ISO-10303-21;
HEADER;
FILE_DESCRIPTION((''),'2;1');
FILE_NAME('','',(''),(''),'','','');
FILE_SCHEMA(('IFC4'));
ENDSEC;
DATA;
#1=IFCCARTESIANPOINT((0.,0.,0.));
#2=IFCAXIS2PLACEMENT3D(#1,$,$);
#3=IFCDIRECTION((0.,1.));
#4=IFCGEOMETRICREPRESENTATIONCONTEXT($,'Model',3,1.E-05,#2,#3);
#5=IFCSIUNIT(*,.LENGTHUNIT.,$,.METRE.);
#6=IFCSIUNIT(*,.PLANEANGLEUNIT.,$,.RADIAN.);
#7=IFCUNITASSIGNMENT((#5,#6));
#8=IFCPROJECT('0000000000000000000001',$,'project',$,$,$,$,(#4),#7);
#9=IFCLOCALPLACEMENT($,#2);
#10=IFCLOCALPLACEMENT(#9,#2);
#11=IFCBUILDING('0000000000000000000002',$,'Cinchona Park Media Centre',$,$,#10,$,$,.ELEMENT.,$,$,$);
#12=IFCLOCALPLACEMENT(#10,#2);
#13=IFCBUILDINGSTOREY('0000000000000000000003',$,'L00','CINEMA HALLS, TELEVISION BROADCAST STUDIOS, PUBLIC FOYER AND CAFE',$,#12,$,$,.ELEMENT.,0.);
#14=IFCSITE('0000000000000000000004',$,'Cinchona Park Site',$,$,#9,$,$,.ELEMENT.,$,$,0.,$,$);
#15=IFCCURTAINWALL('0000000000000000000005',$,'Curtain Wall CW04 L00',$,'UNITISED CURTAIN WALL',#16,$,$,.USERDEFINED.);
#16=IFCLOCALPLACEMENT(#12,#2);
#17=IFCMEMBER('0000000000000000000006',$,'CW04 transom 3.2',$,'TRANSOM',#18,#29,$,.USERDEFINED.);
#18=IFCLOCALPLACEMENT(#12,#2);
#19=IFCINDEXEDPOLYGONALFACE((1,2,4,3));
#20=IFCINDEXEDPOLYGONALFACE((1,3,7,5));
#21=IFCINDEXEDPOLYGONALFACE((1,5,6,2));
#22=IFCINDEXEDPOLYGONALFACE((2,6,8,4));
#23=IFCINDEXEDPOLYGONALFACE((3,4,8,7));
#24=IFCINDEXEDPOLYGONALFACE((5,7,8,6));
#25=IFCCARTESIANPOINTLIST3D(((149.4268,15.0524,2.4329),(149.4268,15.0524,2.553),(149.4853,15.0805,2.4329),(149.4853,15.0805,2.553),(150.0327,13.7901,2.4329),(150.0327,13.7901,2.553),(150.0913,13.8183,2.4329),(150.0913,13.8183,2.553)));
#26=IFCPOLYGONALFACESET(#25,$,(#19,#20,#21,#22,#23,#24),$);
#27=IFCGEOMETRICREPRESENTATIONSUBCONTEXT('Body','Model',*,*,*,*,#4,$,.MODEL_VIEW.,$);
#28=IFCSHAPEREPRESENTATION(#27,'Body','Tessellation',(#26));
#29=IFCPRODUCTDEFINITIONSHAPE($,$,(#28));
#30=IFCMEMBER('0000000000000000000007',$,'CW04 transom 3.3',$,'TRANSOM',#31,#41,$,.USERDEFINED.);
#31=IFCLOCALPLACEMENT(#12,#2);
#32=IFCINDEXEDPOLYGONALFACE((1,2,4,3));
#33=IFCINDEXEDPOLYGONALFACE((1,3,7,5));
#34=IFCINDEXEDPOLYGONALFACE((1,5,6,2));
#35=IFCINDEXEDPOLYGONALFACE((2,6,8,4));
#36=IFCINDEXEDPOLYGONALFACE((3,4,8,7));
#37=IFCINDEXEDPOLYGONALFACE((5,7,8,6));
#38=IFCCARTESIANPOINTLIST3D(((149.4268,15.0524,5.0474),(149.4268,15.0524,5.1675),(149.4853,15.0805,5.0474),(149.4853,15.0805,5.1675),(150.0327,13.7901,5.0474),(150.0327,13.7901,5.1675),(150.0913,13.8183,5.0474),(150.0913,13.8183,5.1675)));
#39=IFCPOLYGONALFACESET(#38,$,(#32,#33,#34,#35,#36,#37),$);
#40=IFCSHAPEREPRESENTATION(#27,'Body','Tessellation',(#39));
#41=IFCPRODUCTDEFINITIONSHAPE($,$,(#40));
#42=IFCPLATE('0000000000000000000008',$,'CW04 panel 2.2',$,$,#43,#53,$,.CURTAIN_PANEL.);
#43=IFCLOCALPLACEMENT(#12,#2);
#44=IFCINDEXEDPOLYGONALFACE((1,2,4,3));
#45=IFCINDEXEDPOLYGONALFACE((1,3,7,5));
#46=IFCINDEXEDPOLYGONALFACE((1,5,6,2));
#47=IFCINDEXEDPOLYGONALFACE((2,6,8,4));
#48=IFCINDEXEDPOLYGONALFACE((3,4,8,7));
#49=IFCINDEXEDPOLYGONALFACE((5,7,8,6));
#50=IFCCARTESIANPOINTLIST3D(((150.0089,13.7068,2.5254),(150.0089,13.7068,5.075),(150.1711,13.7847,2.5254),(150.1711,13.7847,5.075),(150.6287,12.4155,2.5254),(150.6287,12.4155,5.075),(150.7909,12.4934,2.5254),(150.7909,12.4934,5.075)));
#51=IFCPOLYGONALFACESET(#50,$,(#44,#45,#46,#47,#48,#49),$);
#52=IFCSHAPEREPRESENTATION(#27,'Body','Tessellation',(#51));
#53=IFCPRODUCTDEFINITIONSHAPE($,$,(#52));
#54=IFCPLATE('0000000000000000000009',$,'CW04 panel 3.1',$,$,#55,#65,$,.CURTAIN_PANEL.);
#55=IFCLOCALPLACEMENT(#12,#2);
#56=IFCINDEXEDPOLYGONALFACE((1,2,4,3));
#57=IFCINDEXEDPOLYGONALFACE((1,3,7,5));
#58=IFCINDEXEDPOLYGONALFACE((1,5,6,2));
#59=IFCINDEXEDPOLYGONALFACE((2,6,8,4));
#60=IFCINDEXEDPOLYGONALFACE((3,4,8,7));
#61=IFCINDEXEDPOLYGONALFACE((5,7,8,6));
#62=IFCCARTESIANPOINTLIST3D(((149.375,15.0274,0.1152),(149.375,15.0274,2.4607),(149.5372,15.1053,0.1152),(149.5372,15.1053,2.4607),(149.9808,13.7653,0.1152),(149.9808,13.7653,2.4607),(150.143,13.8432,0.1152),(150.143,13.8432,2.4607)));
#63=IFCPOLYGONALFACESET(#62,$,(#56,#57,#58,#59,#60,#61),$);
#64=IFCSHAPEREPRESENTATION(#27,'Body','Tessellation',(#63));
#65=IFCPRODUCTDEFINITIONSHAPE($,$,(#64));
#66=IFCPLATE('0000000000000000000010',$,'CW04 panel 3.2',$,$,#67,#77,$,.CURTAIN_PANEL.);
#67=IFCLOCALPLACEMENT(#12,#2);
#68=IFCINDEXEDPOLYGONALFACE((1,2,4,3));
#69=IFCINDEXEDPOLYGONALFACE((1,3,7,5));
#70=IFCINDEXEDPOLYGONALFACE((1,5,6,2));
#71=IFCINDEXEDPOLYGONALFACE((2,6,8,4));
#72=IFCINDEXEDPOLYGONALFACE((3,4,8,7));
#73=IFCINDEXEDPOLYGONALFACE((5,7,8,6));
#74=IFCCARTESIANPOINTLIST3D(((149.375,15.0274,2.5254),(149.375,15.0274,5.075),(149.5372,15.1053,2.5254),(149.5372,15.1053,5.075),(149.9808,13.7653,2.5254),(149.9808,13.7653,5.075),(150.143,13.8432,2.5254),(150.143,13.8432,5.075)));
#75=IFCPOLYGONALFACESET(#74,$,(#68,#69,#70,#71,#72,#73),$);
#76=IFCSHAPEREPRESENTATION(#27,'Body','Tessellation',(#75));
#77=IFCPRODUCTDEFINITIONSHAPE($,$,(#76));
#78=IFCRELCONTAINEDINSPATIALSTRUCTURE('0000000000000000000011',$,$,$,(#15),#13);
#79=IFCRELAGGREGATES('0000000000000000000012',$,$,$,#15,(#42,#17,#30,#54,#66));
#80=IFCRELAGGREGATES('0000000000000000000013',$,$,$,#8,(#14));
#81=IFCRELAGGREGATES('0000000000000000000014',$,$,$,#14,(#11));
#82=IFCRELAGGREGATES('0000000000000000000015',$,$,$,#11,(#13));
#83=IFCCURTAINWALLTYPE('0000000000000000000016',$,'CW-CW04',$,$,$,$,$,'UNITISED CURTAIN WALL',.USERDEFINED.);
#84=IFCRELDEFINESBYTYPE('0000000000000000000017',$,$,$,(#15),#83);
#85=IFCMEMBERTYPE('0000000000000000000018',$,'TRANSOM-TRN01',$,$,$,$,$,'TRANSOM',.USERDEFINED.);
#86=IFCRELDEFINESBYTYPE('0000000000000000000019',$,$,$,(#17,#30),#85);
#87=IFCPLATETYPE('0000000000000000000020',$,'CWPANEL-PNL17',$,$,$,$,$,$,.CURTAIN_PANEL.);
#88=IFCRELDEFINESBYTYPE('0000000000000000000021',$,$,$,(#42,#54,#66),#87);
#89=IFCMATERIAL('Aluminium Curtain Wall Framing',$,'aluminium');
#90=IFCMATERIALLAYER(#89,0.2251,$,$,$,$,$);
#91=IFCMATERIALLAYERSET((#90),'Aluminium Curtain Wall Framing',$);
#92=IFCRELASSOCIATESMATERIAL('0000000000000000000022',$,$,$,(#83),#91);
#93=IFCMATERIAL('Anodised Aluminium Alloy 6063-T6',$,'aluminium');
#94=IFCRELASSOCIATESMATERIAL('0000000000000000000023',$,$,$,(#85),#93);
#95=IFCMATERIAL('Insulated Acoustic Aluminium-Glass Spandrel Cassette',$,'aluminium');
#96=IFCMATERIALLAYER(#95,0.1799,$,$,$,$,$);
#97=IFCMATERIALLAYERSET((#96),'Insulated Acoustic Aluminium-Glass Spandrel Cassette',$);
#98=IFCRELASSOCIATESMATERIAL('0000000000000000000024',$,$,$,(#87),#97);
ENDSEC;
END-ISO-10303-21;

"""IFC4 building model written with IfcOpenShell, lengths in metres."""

from ifc_helpers import new_model, si_unit, direction, frame, origin, origin_2d, place, context, subcontext, project, spatial, rectangle, extrude, material, layer, layer_set, material_profile, profile_set, type_object, element, aggregate, save


model = new_model("IFC4")

# Units and contexts
model_context = context("Model", 3, precision=1e-05, world=origin(), true_north=direction((0.0, 1.0)))
body_context = subcontext(model_context, "Body", "Model", "MODEL_VIEW")
ifc_project = project(units=[si_unit("LENGTHUNIT", "METRE"), si_unit("PLANEANGLEUNIT", "RADIAN")], contexts=[model_context])

# Site, building, storey
site_placement = place(None, origin())
site = spatial("IfcSite", under=ifc_project, at=site_placement, Name="Cinchona Park Site", CompositionType="ELEMENT", RefElevation=0.0)
building_placement = place(site_placement, origin())
building = spatial("IfcBuilding", under=site, at=building_placement, Name="Cinchona Park Media Centre", CompositionType="ELEMENT")
storey_placement = place(building_placement, origin())
storey = spatial("IfcBuildingStorey", under=building, at=storey_placement, Name="L00", Description="CINEMA HALLS, TELEVISION BROADCAST STUDIOS, PUBLIC FOYER AND CAFE", CompositionType="ELEMENT", Elevation=0.0)

# Curtain wall, members, plates
ifc_material_1 = material(Name="Aluminium Curtain Wall Framing", Category="aluminium")
ifc_layer_1 = layer(ifc_material_1, 0.2251)
ifc_layer_set_1 = layer_set([ifc_layer_1], Name="Aluminium Curtain Wall Framing")
curtain_wall_type = type_object("IfcCurtainWallType", Name="CW-CW04", ElementType="UNITISED CURTAIN WALL", PredefinedType="USERDEFINED", material=ifc_layer_set_1)
curtain_wall_placement = place(storey_placement, origin())
curtain_wall = element("IfcCurtainWall", 1, at=curtain_wall_placement, inside=storey, type_object=curtain_wall_type, Name="Curtain Wall CW04 L00", ObjectType="UNITISED CURTAIN WALL", PredefinedType="USERDEFINED")
ifc_material_2 = material(Name="Anodised Aluminium Alloy 6063-T6", Category="aluminium")
ifc_material_profile_1 = material_profile(ifc_material_2, rectangle(XDim=0.0649, YDim=0.1201, at=origin_2d()), Name="TRN-65X120")
ifc_profile_set_1 = profile_set([ifc_material_profile_1], Name="Anodised Aluminium Alloy 6063-T6")
member_type_1 = type_object("IfcMemberType", Name="TRANSOM-TRN01", ElementType="TRANSOM", PredefinedType="USERDEFINED", material=ifc_profile_set_1)
member_1_placement = place(storey_placement, frame((150.062, 13.8042, 2.4929), z_axis=(-0.432788, 0.901496, 0.0), x_axis=(-0.901496, -0.432788, 0.0)))
member_1 = element("IfcMember", 2, at=member_1_placement, type_object=member_type_1, Name="CW04 transom 3.2", ObjectType="TRANSOM", PredefinedType="USERDEFINED", context=body_context, shape_type="SweptSolid", body=[
    extrude(rectangle(XDim=0.0649, YDim=0.1201, at=origin_2d()), origin(), (0.0, 0.0, 1.0), 1.4001),
])
member_2_placement = place(storey_placement, frame((150.062, 13.8042, 5.1074), z_axis=(-0.432788, 0.901496, 0.0), x_axis=(-0.901496, -0.432788, 0.0)))
member_2 = element("IfcMember", 3, at=member_2_placement, type_object=member_type_1, Name="CW04 transom 3.3", ObjectType="TRANSOM", PredefinedType="USERDEFINED", context=body_context, shape_type="SweptSolid", body=[
    extrude(rectangle(XDim=0.0649, YDim=0.1201, at=origin_2d()), origin(), (0.0, 0.0, 1.0), 1.4001),
])
ifc_material_3 = material(Name="Insulated Acoustic Aluminium-Glass Spandrel Cassette", Category="aluminium")
ifc_layer_2 = layer(ifc_material_3, 0.1799)
ifc_layer_set_2 = layer_set([ifc_layer_2], Name="Insulated Acoustic Aluminium-Glass Spandrel Cassette")
plate_type = type_object("IfcPlateType", Name="CWPANEL-PNL17", PredefinedType="CURTAIN_PANEL", material=ifc_layer_set_2)
plate_1_placement = place(storey_placement, frame((150.3999, 13.1001, 2.5254), z_axis=(0.0, 0.0, 1.0), x_axis=(-0.432731, 0.901523, 0.0)))
plate_1 = element("IfcPlate", 4, at=plate_1_placement, type_object=plate_type, Name="CW04 panel 2.2", PredefinedType="CURTAIN_PANEL", context=body_context, shape_type="SweptSolid", body=[
    extrude(rectangle(XDim=1.4324, YDim=0.1799, at=origin_2d()), origin(), (0.0, 0.0, 1.0), 2.5496),
])
plate_2_placement = place(storey_placement, frame((149.759, 14.4353, 0.1152), z_axis=(0.0, 0.0, 1.0), x_axis=(-0.432731, 0.901523, 0.0)))
plate_2 = element("IfcPlate", 5, at=plate_2_placement, type_object=plate_type, Name="CW04 panel 3.1", PredefinedType="CURTAIN_PANEL", context=body_context, shape_type="SweptSolid", body=[
    extrude(rectangle(XDim=1.3999, YDim=0.1799, at=origin_2d()), origin(), (0.0, 0.0, 1.0), 2.3455),
])
plate_3_placement = place(storey_placement, frame((149.759, 14.4353, 2.5254), z_axis=(0.0, 0.0, 1.0), x_axis=(-0.432731, 0.901523, 0.0)))
plate_3 = element("IfcPlate", 6, at=plate_3_placement, type_object=plate_type, Name="CW04 panel 3.2", PredefinedType="CURTAIN_PANEL", context=body_context, shape_type="SweptSolid", body=[
    extrude(rectangle(XDim=1.3999, YDim=0.1799, at=origin_2d()), origin(), (0.0, 0.0, 1.0), 2.5496),
])
aggregate(curtain_wall, [plate_1, member_1, member_2, plate_2, plate_3])

save(model, "model.ifc")
